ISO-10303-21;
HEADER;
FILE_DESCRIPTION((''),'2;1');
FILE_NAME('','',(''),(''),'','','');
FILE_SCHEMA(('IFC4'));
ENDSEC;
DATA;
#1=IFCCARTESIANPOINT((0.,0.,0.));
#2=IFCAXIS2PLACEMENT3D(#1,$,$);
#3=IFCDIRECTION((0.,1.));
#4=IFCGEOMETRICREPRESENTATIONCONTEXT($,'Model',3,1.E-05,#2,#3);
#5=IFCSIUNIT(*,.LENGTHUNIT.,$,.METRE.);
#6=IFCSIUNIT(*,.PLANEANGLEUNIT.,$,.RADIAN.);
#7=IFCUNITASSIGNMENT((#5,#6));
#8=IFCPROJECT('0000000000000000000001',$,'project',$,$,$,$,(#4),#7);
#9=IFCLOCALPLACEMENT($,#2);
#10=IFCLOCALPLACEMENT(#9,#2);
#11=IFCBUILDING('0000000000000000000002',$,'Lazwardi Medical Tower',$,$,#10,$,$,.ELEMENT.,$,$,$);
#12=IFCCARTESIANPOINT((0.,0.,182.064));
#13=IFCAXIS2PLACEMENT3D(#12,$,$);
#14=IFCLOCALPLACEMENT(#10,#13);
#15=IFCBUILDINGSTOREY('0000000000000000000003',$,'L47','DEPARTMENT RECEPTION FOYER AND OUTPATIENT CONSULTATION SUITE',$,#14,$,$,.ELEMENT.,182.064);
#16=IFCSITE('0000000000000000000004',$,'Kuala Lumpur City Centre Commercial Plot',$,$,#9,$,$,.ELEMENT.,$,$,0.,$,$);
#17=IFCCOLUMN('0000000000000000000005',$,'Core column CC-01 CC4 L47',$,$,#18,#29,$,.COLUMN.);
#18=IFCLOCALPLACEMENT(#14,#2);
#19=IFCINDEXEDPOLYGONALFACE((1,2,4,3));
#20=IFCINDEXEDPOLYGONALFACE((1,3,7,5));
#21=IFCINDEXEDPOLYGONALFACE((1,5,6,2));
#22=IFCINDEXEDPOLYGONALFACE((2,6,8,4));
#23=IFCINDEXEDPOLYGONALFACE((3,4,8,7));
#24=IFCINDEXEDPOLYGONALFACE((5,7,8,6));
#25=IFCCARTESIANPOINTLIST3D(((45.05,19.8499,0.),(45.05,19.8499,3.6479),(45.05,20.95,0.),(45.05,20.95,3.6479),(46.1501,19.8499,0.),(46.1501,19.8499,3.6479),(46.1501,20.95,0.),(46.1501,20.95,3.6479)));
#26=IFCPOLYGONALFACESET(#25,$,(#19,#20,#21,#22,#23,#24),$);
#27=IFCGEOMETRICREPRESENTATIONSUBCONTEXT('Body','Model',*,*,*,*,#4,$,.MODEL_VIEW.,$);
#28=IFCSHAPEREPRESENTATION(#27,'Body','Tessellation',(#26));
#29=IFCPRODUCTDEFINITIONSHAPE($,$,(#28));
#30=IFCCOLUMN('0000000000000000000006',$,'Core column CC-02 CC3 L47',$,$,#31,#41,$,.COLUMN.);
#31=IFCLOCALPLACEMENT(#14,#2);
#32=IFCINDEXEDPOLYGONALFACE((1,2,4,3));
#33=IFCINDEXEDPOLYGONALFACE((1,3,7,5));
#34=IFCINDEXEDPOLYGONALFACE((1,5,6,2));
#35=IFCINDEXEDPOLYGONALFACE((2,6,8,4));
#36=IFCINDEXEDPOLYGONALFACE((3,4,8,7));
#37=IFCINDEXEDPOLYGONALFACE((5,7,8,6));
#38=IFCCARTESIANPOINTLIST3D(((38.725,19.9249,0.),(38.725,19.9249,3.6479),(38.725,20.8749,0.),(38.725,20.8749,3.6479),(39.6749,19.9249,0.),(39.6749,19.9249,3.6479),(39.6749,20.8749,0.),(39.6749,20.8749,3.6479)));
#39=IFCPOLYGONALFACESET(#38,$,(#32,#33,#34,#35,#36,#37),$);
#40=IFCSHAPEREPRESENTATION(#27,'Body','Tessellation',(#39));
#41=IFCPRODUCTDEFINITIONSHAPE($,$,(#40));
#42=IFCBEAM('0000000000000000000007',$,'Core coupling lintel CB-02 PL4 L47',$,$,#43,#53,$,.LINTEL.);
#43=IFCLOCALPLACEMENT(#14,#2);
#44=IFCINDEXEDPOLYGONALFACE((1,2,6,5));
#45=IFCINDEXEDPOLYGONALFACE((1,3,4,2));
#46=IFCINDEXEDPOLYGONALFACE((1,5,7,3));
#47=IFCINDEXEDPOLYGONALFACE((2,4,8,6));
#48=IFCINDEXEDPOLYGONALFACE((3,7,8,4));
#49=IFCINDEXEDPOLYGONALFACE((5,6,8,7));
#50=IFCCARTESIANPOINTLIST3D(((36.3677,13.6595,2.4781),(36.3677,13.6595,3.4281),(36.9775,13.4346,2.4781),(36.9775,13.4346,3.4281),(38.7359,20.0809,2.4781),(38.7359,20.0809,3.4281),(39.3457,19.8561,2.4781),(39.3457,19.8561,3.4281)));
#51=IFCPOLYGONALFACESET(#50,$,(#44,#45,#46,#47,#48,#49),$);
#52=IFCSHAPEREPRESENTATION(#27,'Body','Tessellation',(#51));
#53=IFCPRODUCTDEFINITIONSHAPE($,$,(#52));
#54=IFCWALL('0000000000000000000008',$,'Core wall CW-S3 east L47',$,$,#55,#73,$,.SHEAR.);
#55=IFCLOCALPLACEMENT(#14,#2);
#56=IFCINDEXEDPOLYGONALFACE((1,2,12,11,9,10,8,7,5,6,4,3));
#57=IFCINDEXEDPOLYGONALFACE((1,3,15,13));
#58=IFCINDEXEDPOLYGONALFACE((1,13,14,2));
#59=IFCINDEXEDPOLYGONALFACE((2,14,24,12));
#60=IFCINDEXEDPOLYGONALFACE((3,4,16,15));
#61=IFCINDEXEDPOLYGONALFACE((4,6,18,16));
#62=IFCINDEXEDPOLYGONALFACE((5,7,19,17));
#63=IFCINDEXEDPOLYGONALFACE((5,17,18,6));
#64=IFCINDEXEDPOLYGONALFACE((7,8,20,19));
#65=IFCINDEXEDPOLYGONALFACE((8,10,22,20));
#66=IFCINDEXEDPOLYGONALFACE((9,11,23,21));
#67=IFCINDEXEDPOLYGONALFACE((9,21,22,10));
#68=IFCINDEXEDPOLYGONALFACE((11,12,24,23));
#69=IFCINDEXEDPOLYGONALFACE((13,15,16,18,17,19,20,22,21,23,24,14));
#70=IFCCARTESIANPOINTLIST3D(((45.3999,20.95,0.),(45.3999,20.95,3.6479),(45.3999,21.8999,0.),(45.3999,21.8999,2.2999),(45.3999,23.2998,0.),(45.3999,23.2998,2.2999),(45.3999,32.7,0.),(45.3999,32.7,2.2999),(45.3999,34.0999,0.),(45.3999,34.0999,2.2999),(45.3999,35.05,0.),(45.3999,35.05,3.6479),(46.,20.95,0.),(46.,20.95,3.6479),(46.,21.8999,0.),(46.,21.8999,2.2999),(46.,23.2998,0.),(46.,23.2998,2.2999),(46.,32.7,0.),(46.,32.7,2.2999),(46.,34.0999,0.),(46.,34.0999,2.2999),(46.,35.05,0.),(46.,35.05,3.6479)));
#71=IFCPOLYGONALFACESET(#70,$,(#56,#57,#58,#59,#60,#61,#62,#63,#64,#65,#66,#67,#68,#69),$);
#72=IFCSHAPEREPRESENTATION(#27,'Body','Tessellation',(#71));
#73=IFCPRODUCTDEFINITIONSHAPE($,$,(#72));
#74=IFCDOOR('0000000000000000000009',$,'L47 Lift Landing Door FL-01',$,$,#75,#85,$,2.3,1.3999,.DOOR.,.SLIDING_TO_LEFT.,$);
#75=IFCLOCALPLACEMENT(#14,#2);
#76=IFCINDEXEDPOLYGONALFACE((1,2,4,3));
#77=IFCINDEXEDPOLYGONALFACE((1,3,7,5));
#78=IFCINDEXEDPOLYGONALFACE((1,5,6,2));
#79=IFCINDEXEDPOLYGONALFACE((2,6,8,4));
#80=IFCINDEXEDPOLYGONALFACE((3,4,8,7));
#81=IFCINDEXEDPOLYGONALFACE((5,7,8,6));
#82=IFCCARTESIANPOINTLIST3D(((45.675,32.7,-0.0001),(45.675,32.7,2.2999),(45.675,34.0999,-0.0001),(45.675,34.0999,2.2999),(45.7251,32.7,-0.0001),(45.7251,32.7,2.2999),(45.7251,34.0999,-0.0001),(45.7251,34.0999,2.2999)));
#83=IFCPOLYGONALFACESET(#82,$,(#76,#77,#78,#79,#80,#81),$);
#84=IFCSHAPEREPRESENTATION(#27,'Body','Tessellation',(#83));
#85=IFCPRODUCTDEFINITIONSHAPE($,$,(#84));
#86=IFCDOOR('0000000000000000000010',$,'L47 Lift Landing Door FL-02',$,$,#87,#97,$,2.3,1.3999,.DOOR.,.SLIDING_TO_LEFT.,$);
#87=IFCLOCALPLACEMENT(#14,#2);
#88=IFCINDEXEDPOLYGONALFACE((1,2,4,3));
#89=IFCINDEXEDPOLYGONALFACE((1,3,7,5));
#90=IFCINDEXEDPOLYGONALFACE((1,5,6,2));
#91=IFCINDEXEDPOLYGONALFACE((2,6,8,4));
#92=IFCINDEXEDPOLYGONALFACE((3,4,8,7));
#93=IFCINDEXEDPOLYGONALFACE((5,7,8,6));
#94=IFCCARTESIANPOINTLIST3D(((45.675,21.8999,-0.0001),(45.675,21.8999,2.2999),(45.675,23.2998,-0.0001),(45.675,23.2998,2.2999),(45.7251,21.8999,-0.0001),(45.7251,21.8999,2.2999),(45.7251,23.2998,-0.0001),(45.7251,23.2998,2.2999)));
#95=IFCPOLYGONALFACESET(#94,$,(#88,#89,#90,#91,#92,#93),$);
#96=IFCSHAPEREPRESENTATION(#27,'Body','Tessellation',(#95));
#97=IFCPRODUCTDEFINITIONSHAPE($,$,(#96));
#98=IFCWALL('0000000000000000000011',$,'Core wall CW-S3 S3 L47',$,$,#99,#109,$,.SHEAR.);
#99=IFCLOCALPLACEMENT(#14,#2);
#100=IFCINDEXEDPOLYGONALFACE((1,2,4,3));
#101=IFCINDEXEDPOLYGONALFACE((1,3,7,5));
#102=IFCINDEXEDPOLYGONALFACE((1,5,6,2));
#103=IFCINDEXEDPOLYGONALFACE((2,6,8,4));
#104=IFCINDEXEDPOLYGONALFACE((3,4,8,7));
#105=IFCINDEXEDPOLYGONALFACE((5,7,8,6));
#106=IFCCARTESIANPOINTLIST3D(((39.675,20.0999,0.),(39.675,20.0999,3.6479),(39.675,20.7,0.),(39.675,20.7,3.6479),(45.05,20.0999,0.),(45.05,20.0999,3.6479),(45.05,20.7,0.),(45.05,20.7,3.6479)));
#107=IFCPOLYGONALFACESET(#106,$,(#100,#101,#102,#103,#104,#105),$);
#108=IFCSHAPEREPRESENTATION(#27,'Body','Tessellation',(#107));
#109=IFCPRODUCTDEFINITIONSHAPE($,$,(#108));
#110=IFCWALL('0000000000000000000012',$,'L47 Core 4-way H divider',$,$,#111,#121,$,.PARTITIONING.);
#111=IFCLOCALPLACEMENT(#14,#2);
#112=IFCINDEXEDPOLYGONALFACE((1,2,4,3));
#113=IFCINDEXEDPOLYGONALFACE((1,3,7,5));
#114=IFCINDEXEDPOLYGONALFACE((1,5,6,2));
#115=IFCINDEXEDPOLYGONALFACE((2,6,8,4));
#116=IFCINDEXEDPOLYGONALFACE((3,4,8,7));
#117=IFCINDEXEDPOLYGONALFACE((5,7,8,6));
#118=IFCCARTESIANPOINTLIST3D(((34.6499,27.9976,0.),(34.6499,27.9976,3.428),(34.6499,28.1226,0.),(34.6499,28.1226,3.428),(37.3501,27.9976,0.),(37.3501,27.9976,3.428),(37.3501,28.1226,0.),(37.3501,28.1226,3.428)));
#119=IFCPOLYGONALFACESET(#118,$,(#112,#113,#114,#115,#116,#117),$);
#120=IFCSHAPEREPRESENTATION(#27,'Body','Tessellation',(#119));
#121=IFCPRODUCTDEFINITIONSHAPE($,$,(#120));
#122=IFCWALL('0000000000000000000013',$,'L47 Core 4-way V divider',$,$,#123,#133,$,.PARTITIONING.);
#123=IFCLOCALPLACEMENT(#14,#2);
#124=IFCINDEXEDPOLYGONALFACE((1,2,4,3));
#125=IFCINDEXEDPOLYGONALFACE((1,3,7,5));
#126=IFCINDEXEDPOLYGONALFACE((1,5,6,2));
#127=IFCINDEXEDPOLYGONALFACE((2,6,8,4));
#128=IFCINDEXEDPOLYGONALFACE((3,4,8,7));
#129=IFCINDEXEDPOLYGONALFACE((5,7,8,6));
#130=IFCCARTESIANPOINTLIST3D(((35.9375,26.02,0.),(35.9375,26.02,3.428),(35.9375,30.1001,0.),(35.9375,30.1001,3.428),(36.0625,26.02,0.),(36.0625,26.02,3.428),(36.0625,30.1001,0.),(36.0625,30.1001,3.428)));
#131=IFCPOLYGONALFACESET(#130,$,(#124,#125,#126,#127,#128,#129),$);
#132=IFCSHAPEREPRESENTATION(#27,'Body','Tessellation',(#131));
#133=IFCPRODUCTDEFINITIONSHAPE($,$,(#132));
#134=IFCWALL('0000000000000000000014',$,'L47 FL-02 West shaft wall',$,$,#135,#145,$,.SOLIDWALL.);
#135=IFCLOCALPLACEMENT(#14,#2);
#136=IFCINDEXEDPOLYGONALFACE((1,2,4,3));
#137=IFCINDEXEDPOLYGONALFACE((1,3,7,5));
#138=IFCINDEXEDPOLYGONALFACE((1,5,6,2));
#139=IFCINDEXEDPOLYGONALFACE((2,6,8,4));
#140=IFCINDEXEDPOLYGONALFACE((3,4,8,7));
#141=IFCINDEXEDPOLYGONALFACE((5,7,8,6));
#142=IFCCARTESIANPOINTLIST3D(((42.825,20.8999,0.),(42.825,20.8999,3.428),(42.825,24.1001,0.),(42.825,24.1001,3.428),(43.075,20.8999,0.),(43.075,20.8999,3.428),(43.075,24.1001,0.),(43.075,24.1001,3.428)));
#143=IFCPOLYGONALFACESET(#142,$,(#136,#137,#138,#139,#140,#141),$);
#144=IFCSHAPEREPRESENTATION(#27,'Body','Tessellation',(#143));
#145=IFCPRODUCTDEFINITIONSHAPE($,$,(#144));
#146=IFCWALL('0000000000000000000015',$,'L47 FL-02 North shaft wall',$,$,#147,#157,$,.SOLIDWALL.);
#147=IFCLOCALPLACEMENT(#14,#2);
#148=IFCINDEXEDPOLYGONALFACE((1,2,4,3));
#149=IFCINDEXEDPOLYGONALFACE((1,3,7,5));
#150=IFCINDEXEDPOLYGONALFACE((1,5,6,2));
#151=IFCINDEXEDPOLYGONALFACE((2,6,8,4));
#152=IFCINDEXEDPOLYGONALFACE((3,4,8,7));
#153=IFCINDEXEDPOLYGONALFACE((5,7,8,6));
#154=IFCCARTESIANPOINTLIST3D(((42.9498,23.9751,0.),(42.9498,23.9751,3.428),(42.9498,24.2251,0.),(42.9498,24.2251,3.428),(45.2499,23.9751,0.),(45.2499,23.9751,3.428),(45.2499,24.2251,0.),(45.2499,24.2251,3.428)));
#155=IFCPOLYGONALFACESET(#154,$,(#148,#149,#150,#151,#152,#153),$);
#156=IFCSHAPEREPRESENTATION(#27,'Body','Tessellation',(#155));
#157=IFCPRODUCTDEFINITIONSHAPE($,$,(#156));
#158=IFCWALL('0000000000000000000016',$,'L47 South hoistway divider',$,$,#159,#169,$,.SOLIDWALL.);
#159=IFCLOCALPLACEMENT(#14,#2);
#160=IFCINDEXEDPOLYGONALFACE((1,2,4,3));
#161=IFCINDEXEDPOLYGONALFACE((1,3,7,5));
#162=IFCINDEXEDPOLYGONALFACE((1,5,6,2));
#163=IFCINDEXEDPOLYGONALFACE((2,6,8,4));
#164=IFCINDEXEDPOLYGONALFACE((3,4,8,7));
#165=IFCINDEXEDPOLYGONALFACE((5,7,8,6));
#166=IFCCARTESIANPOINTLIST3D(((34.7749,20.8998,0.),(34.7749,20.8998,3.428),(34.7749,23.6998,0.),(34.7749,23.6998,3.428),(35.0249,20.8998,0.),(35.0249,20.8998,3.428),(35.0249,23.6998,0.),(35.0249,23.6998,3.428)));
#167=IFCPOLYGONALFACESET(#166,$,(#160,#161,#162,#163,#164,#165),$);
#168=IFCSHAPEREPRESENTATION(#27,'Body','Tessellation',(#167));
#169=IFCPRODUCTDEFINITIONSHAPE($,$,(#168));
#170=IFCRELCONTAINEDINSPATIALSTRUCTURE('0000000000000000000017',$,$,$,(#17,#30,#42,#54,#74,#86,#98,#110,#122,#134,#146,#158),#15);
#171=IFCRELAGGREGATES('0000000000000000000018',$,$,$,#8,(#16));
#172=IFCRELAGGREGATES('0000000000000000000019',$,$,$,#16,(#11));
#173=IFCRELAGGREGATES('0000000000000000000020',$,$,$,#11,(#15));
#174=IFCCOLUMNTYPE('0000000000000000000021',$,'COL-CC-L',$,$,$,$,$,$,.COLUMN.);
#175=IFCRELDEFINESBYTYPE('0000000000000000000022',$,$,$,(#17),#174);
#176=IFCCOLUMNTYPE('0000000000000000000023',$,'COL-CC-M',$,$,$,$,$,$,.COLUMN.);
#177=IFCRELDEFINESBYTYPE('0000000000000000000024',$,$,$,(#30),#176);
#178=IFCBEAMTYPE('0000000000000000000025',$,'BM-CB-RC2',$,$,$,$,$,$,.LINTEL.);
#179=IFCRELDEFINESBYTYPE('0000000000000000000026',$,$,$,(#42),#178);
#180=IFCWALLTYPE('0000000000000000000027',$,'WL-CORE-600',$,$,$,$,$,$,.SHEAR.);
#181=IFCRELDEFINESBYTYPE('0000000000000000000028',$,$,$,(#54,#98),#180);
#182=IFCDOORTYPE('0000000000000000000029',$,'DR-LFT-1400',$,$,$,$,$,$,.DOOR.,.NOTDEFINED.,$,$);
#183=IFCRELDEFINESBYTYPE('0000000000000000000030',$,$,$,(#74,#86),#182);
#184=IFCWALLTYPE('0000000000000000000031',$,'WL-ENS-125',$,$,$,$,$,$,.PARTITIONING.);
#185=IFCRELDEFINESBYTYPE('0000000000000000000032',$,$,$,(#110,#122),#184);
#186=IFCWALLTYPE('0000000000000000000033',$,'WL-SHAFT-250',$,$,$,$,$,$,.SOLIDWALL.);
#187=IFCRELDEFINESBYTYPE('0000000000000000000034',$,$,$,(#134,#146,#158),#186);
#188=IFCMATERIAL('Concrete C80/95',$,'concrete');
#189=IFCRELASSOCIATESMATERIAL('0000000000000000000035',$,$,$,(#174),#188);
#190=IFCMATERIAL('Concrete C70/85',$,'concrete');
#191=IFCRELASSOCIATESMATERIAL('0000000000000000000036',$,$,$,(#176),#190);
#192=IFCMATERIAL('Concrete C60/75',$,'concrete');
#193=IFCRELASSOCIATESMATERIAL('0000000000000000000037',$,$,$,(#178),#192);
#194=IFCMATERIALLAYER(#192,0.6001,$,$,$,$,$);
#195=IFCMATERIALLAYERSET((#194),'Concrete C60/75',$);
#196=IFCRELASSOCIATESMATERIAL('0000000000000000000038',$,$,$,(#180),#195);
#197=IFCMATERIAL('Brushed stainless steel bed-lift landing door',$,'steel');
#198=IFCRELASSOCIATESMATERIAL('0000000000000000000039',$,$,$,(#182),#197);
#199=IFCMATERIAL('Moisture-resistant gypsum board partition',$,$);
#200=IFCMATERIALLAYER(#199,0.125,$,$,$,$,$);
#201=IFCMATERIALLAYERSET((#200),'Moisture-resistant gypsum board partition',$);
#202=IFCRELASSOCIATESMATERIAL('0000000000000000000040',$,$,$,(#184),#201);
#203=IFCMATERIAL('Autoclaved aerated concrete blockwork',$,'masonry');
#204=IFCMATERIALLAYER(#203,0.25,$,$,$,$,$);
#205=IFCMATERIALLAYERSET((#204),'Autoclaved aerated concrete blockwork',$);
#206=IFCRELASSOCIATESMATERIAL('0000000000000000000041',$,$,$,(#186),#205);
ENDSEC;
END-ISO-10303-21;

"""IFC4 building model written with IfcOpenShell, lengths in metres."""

from ifc_helpers import new_model, si_unit, direction, frame, frame_2d, origin, origin_2d, place, context, subcontext, project, spatial, rectangle, extrude, material, layer, layer_set, material_profile, profile_set, type_object, element, fill, save


model = new_model("IFC4")

# Units and contexts
model_context = context("Model", 3, precision=1e-05, world=origin(), true_north=direction((0.0, 1.0)))
body_context = subcontext(model_context, "Body", "Model", "MODEL_VIEW")
ifc_project = project(units=[si_unit("LENGTHUNIT", "METRE"), si_unit("PLANEANGLEUNIT", "RADIAN")], contexts=[model_context])

# Site, building, storey
site_placement = place(None, origin())
site = spatial("IfcSite", under=ifc_project, at=site_placement, Name="Kuala Lumpur City Centre Commercial Plot", CompositionType="ELEMENT", RefElevation=0.0)
building_placement = place(site_placement, origin())
building = spatial("IfcBuilding", under=site, at=building_placement, Name="Lazwardi Medical Tower", CompositionType="ELEMENT")
storey_placement = place(building_placement, frame((0.0, 0.0, 182.064)))
storey = spatial("IfcBuildingStorey", under=building, at=storey_placement, Name="L47", Description="DEPARTMENT RECEPTION FOYER AND OUTPATIENT CONSULTATION SUITE", CompositionType="ELEMENT", Elevation=182.064)

# Columns
ifc_material_1 = material(Name="Concrete C80/95", Category="concrete")
ifc_material_profile_1 = material_profile(ifc_material_1, rectangle(XDim=1.1001, YDim=1.1001, at=origin_2d()), Name="RC 1100x1100")
ifc_profile_set_1 = profile_set([ifc_material_profile_1], Name="Concrete C80/95")
column_type_1 = type_object("IfcColumnType", Name="COL-CC-L", PredefinedType="COLUMN", material=ifc_profile_set_1)
column_1_placement = place(storey_placement, frame((45.6001, 20.3999, 0.0), z_axis=(0.0, 0.0, 1.0), x_axis=(1.0, 0.0, 0.0)))
element("IfcColumn", 1, at=column_1_placement, inside=storey, type_object=column_type_1, Name="Core column CC-01 CC4 L47", PredefinedType="COLUMN", context=body_context, shape_type="SweptSolid", body=[
    extrude(rectangle(XDim=1.1001, YDim=1.1001, at=origin_2d()), origin(), (0.0, 0.0, 1.0), 3.6479),
])
ifc_material_2 = material(Name="Concrete C70/85", Category="concrete")
ifc_material_profile_2 = material_profile(ifc_material_2, rectangle(XDim=0.95, YDim=0.95, at=origin_2d()), Name="RC 950x950")
ifc_profile_set_2 = profile_set([ifc_material_profile_2], Name="Concrete C70/85")
column_type_2 = type_object("IfcColumnType", Name="COL-CC-M", PredefinedType="COLUMN", material=ifc_profile_set_2)
column_2_placement = place(storey_placement, frame((39.2, 20.3999, 0.0), z_axis=(0.0, 0.0, 1.0), x_axis=(1.0, 0.0, 0.0)))
element("IfcColumn", 2, at=column_2_placement, inside=storey, type_object=column_type_2, Name="Core column CC-02 CC3 L47", PredefinedType="COLUMN", context=body_context, shape_type="SweptSolid", body=[
    extrude(rectangle(XDim=0.95, YDim=0.95, at=origin_2d()), origin(), (0.0, 0.0, 1.0), 3.6479),
])

# Beam
ifc_material_3 = material(Name="Concrete C60/75", Category="concrete")
ifc_material_profile_3 = material_profile(ifc_material_3, rectangle(XDim=0.6499, YDim=0.95, at=origin_2d()), Name="RC 650x950")
ifc_profile_set_3 = profile_set([ifc_material_profile_3], Name="Concrete C60/75")
beam_type = type_object("IfcBeamType", Name="BM-CB-RC2", PredefinedType="LINTEL", material=ifc_profile_set_3)
beam_placement = place(storey_placement, frame((39.0408, 19.9685, 2.9531), z_axis=(-0.346013, -0.93823, 0.0), x_axis=(0.93823, -0.346013, 0.0)))
element("IfcBeam", 3, at=beam_placement, inside=storey, type_object=beam_type, Name="Core coupling lintel CB-02 PL4 L47", PredefinedType="LINTEL", context=body_context, shape_type="SweptSolid", body=[
    extrude(rectangle(XDim=0.6499, YDim=0.95, at=origin_2d()), origin(), (0.0, 0.0, 1.0), 6.8442),
])

# Wall, openings, doors
ifc_layer_1 = layer(ifc_material_3, 0.6001)
ifc_layer_set_1 = layer_set([ifc_layer_1], Name="Concrete C60/75")
wall_type_1 = type_object("IfcWallType", Name="WL-CORE-600", PredefinedType="SHEAR", material=ifc_layer_set_1)
wall_1_placement = place(storey_placement, frame((45.7, 20.95, 0.0), z_axis=(0.0, 0.0, 1.0), x_axis=(0.0, 1.0, 0.0)))
wall_1 = element("IfcWall", 4, at=wall_1_placement, inside=storey, type_object=wall_type_1, Name="Core wall CW-S3 east L47", PredefinedType="SHEAR", context=body_context, shape_type="SweptSolid", body=[
    extrude(rectangle(XDim=14.1001, YDim=0.6001, at=frame_2d((7.05, 0.0))), origin(), (0.0, 0.0, 1.0), 3.6479),
])
opening_1_placement = place(wall_1_placement, frame((11.75, 0.0, 0.0)))
opening_1 = element("IfcOpeningElement", 5, at=opening_1_placement, cuts=wall_1, PredefinedType="OPENING", context=body_context, shape_type="SweptSolid", body=[
    extrude(rectangle(XDim=1.3999, YDim=2.3, at=frame_2d((0.7, 1.1499))), frame((0.0, 0.3101, 0.0), z_axis=(0.0, -1.0, 0.0), x_axis=(1.0, 0.0, 0.0)), (0.0, 0.0, 1.0), 0.6201),
])
opening_2_placement = place(wall_1_placement, frame((0.95, 0.0, 0.0)))
opening_2 = element("IfcOpeningElement", 6, at=opening_2_placement, cuts=wall_1, PredefinedType="OPENING", context=body_context, shape_type="SweptSolid", body=[
    extrude(rectangle(XDim=1.3999, YDim=2.3, at=frame_2d((0.7, 1.1499))), frame((0.0, 0.3101, 0.0), z_axis=(0.0, -1.0, 0.0), x_axis=(1.0, 0.0, 0.0)), (0.0, 0.0, 1.0), 0.6201),
])
ifc_material_4 = material(Name="Brushed stainless steel bed-lift landing door", Category="steel")
door_type_1 = type_object("IfcDoorType", Name="DR-LFT-1400", OperationType="NOTDEFINED", PredefinedType="DOOR", material=ifc_material_4)
door_1_placement = place(opening_1_placement, origin())
door_1 = element("IfcDoor", 7, at=door_1_placement, inside=storey, type_object=door_type_1, Name="L47 Lift Landing Door FL-01", OperationType="SLIDING_TO_LEFT", OverallHeight=2.3, OverallWidth=1.3999, PredefinedType="DOOR", context=body_context, shape_type="SweptSolid", body=[
    extrude(rectangle(XDim=1.3999, YDim=2.3, at=frame_2d((0.7, 1.1499))), frame((0.0, 0.0249, 0.0), z_axis=(0.0, -1.0, 0.0), x_axis=(1.0, 0.0, 0.0)), (0.0, 0.0, 1.0), 0.05),
])
fill(opening_1, door_1)
door_2_placement = place(opening_2_placement, origin())
door_2 = element("IfcDoor", 8, at=door_2_placement, inside=storey, type_object=door_type_1, Name="L47 Lift Landing Door FL-02", OperationType="SLIDING_TO_LEFT", OverallHeight=2.3, OverallWidth=1.3999, PredefinedType="DOOR", context=body_context, shape_type="SweptSolid", body=[
    extrude(rectangle(XDim=1.3999, YDim=2.3, at=frame_2d((0.7, 1.1499))), frame((0.0, 0.0249, 0.0), z_axis=(0.0, -1.0, 0.0), x_axis=(1.0, 0.0, 0.0)), (0.0, 0.0, 1.0), 0.05),
])
fill(opening_2, door_2)

# Walls
wall_2_placement = place(storey_placement, frame((39.675, 20.3999, 0.0), z_axis=(0.0, 0.0, 1.0), x_axis=(1.0, 0.0, 0.0)))
element("IfcWall", 9, at=wall_2_placement, inside=storey, type_object=wall_type_1, Name="Core wall CW-S3 S3 L47", PredefinedType="SHEAR", context=body_context, shape_type="SweptSolid", body=[
    extrude(rectangle(XDim=5.375, YDim=0.6001, at=frame_2d((2.6875, 0.0))), origin(), (0.0, 0.0, 1.0), 3.6479),
])
ifc_material_5 = material(Name="Moisture-resistant gypsum board partition")
ifc_layer_2 = layer(ifc_material_5, 0.125)
ifc_layer_set_2 = layer_set([ifc_layer_2], Name="Moisture-resistant gypsum board partition")
wall_type_2 = type_object("IfcWallType", Name="WL-ENS-125", PredefinedType="PARTITIONING", material=ifc_layer_set_2)
wall_3_placement = place(storey_placement, frame((34.6499, 28.0601, 0.0), z_axis=(0.0, 0.0, 1.0), x_axis=(1.0, 0.0, 0.0)))
element("IfcWall", 10, at=wall_3_placement, inside=storey, type_object=wall_type_2, Name="L47 Core 4-way H divider", PredefinedType="PARTITIONING", context=body_context, shape_type="SweptSolid", body=[
    extrude(rectangle(XDim=2.7002, YDim=0.125, at=frame_2d((1.3501, 0.0))), origin(), (0.0, 0.0, 1.0), 3.428),
])
wall_4_placement = place(storey_placement, frame((36.0, 26.02, 0.0), z_axis=(0.0, 0.0, 1.0), x_axis=(0.0, 1.0, 0.0)))
element("IfcWall", 11, at=wall_4_placement, inside=storey, type_object=wall_type_2, Name="L47 Core 4-way V divider", PredefinedType="PARTITIONING", context=body_context, shape_type="SweptSolid", body=[
    extrude(rectangle(XDim=4.0801, YDim=0.125, at=frame_2d((2.04, 0.0))), origin(), (0.0, 0.0, 1.0), 3.428),
])
ifc_material_6 = material(Name="Autoclaved aerated concrete blockwork", Category="masonry")
ifc_layer_3 = layer(ifc_material_6, 0.25)
ifc_layer_set_3 = layer_set([ifc_layer_3], Name="Autoclaved aerated concrete blockwork")
wall_type_3 = type_object("IfcWallType", Name="WL-SHAFT-250", PredefinedType="SOLIDWALL", material=ifc_layer_set_3)
wall_5_placement = place(storey_placement, frame((42.95, 20.8999, 0.0), z_axis=(0.0, 0.0, 1.0), x_axis=(0.0, 1.0, 0.0)))
element("IfcWall", 12, at=wall_5_placement, inside=storey, type_object=wall_type_3, Name="L47 FL-02 West shaft wall", PredefinedType="SOLIDWALL", context=body_context, shape_type="SweptSolid", body=[
    extrude(rectangle(XDim=3.2002, YDim=0.25, at=frame_2d((1.6001, 0.0))), origin(), (0.0, 0.0, 1.0), 3.428),
])
wall_6_placement = place(storey_placement, frame((42.95, 24.1001, 0.0), z_axis=(0.0, 0.0, 1.0), x_axis=(1.0, 0.0, 0.0)))
element("IfcWall", 13, at=wall_6_placement, inside=storey, type_object=wall_type_3, Name="L47 FL-02 North shaft wall", PredefinedType="SOLIDWALL", context=body_context, shape_type="SweptSolid", body=[
    extrude(rectangle(XDim=2.3, YDim=0.25, at=frame_2d((1.1499, 0.0))), origin(), (0.0, 0.0, 1.0), 3.428),
])
for number, where, z_axis, x_axis, name in (
    (14, (34.8999, 20.8999, 0.0), (0.0, 0.0, 1.0), (0.0, 1.0, 0.0), "L47 South hoistway divider"),
):
    element("IfcWall", number, at=place(storey_placement, frame(where, z_axis=z_axis, x_axis=x_axis)), inside=storey, type_object=wall_type_3, Name=name, PredefinedType="SOLIDWALL", context=body_context, shape_type="SweptSolid", body=[
        extrude(rectangle(XDim=2.8, YDim=0.25, at=frame_2d((1.3999, 0.0))), origin(), (0.0, 0.0, 1.0), 3.428),
    ])

save(model, "model.ifc")
